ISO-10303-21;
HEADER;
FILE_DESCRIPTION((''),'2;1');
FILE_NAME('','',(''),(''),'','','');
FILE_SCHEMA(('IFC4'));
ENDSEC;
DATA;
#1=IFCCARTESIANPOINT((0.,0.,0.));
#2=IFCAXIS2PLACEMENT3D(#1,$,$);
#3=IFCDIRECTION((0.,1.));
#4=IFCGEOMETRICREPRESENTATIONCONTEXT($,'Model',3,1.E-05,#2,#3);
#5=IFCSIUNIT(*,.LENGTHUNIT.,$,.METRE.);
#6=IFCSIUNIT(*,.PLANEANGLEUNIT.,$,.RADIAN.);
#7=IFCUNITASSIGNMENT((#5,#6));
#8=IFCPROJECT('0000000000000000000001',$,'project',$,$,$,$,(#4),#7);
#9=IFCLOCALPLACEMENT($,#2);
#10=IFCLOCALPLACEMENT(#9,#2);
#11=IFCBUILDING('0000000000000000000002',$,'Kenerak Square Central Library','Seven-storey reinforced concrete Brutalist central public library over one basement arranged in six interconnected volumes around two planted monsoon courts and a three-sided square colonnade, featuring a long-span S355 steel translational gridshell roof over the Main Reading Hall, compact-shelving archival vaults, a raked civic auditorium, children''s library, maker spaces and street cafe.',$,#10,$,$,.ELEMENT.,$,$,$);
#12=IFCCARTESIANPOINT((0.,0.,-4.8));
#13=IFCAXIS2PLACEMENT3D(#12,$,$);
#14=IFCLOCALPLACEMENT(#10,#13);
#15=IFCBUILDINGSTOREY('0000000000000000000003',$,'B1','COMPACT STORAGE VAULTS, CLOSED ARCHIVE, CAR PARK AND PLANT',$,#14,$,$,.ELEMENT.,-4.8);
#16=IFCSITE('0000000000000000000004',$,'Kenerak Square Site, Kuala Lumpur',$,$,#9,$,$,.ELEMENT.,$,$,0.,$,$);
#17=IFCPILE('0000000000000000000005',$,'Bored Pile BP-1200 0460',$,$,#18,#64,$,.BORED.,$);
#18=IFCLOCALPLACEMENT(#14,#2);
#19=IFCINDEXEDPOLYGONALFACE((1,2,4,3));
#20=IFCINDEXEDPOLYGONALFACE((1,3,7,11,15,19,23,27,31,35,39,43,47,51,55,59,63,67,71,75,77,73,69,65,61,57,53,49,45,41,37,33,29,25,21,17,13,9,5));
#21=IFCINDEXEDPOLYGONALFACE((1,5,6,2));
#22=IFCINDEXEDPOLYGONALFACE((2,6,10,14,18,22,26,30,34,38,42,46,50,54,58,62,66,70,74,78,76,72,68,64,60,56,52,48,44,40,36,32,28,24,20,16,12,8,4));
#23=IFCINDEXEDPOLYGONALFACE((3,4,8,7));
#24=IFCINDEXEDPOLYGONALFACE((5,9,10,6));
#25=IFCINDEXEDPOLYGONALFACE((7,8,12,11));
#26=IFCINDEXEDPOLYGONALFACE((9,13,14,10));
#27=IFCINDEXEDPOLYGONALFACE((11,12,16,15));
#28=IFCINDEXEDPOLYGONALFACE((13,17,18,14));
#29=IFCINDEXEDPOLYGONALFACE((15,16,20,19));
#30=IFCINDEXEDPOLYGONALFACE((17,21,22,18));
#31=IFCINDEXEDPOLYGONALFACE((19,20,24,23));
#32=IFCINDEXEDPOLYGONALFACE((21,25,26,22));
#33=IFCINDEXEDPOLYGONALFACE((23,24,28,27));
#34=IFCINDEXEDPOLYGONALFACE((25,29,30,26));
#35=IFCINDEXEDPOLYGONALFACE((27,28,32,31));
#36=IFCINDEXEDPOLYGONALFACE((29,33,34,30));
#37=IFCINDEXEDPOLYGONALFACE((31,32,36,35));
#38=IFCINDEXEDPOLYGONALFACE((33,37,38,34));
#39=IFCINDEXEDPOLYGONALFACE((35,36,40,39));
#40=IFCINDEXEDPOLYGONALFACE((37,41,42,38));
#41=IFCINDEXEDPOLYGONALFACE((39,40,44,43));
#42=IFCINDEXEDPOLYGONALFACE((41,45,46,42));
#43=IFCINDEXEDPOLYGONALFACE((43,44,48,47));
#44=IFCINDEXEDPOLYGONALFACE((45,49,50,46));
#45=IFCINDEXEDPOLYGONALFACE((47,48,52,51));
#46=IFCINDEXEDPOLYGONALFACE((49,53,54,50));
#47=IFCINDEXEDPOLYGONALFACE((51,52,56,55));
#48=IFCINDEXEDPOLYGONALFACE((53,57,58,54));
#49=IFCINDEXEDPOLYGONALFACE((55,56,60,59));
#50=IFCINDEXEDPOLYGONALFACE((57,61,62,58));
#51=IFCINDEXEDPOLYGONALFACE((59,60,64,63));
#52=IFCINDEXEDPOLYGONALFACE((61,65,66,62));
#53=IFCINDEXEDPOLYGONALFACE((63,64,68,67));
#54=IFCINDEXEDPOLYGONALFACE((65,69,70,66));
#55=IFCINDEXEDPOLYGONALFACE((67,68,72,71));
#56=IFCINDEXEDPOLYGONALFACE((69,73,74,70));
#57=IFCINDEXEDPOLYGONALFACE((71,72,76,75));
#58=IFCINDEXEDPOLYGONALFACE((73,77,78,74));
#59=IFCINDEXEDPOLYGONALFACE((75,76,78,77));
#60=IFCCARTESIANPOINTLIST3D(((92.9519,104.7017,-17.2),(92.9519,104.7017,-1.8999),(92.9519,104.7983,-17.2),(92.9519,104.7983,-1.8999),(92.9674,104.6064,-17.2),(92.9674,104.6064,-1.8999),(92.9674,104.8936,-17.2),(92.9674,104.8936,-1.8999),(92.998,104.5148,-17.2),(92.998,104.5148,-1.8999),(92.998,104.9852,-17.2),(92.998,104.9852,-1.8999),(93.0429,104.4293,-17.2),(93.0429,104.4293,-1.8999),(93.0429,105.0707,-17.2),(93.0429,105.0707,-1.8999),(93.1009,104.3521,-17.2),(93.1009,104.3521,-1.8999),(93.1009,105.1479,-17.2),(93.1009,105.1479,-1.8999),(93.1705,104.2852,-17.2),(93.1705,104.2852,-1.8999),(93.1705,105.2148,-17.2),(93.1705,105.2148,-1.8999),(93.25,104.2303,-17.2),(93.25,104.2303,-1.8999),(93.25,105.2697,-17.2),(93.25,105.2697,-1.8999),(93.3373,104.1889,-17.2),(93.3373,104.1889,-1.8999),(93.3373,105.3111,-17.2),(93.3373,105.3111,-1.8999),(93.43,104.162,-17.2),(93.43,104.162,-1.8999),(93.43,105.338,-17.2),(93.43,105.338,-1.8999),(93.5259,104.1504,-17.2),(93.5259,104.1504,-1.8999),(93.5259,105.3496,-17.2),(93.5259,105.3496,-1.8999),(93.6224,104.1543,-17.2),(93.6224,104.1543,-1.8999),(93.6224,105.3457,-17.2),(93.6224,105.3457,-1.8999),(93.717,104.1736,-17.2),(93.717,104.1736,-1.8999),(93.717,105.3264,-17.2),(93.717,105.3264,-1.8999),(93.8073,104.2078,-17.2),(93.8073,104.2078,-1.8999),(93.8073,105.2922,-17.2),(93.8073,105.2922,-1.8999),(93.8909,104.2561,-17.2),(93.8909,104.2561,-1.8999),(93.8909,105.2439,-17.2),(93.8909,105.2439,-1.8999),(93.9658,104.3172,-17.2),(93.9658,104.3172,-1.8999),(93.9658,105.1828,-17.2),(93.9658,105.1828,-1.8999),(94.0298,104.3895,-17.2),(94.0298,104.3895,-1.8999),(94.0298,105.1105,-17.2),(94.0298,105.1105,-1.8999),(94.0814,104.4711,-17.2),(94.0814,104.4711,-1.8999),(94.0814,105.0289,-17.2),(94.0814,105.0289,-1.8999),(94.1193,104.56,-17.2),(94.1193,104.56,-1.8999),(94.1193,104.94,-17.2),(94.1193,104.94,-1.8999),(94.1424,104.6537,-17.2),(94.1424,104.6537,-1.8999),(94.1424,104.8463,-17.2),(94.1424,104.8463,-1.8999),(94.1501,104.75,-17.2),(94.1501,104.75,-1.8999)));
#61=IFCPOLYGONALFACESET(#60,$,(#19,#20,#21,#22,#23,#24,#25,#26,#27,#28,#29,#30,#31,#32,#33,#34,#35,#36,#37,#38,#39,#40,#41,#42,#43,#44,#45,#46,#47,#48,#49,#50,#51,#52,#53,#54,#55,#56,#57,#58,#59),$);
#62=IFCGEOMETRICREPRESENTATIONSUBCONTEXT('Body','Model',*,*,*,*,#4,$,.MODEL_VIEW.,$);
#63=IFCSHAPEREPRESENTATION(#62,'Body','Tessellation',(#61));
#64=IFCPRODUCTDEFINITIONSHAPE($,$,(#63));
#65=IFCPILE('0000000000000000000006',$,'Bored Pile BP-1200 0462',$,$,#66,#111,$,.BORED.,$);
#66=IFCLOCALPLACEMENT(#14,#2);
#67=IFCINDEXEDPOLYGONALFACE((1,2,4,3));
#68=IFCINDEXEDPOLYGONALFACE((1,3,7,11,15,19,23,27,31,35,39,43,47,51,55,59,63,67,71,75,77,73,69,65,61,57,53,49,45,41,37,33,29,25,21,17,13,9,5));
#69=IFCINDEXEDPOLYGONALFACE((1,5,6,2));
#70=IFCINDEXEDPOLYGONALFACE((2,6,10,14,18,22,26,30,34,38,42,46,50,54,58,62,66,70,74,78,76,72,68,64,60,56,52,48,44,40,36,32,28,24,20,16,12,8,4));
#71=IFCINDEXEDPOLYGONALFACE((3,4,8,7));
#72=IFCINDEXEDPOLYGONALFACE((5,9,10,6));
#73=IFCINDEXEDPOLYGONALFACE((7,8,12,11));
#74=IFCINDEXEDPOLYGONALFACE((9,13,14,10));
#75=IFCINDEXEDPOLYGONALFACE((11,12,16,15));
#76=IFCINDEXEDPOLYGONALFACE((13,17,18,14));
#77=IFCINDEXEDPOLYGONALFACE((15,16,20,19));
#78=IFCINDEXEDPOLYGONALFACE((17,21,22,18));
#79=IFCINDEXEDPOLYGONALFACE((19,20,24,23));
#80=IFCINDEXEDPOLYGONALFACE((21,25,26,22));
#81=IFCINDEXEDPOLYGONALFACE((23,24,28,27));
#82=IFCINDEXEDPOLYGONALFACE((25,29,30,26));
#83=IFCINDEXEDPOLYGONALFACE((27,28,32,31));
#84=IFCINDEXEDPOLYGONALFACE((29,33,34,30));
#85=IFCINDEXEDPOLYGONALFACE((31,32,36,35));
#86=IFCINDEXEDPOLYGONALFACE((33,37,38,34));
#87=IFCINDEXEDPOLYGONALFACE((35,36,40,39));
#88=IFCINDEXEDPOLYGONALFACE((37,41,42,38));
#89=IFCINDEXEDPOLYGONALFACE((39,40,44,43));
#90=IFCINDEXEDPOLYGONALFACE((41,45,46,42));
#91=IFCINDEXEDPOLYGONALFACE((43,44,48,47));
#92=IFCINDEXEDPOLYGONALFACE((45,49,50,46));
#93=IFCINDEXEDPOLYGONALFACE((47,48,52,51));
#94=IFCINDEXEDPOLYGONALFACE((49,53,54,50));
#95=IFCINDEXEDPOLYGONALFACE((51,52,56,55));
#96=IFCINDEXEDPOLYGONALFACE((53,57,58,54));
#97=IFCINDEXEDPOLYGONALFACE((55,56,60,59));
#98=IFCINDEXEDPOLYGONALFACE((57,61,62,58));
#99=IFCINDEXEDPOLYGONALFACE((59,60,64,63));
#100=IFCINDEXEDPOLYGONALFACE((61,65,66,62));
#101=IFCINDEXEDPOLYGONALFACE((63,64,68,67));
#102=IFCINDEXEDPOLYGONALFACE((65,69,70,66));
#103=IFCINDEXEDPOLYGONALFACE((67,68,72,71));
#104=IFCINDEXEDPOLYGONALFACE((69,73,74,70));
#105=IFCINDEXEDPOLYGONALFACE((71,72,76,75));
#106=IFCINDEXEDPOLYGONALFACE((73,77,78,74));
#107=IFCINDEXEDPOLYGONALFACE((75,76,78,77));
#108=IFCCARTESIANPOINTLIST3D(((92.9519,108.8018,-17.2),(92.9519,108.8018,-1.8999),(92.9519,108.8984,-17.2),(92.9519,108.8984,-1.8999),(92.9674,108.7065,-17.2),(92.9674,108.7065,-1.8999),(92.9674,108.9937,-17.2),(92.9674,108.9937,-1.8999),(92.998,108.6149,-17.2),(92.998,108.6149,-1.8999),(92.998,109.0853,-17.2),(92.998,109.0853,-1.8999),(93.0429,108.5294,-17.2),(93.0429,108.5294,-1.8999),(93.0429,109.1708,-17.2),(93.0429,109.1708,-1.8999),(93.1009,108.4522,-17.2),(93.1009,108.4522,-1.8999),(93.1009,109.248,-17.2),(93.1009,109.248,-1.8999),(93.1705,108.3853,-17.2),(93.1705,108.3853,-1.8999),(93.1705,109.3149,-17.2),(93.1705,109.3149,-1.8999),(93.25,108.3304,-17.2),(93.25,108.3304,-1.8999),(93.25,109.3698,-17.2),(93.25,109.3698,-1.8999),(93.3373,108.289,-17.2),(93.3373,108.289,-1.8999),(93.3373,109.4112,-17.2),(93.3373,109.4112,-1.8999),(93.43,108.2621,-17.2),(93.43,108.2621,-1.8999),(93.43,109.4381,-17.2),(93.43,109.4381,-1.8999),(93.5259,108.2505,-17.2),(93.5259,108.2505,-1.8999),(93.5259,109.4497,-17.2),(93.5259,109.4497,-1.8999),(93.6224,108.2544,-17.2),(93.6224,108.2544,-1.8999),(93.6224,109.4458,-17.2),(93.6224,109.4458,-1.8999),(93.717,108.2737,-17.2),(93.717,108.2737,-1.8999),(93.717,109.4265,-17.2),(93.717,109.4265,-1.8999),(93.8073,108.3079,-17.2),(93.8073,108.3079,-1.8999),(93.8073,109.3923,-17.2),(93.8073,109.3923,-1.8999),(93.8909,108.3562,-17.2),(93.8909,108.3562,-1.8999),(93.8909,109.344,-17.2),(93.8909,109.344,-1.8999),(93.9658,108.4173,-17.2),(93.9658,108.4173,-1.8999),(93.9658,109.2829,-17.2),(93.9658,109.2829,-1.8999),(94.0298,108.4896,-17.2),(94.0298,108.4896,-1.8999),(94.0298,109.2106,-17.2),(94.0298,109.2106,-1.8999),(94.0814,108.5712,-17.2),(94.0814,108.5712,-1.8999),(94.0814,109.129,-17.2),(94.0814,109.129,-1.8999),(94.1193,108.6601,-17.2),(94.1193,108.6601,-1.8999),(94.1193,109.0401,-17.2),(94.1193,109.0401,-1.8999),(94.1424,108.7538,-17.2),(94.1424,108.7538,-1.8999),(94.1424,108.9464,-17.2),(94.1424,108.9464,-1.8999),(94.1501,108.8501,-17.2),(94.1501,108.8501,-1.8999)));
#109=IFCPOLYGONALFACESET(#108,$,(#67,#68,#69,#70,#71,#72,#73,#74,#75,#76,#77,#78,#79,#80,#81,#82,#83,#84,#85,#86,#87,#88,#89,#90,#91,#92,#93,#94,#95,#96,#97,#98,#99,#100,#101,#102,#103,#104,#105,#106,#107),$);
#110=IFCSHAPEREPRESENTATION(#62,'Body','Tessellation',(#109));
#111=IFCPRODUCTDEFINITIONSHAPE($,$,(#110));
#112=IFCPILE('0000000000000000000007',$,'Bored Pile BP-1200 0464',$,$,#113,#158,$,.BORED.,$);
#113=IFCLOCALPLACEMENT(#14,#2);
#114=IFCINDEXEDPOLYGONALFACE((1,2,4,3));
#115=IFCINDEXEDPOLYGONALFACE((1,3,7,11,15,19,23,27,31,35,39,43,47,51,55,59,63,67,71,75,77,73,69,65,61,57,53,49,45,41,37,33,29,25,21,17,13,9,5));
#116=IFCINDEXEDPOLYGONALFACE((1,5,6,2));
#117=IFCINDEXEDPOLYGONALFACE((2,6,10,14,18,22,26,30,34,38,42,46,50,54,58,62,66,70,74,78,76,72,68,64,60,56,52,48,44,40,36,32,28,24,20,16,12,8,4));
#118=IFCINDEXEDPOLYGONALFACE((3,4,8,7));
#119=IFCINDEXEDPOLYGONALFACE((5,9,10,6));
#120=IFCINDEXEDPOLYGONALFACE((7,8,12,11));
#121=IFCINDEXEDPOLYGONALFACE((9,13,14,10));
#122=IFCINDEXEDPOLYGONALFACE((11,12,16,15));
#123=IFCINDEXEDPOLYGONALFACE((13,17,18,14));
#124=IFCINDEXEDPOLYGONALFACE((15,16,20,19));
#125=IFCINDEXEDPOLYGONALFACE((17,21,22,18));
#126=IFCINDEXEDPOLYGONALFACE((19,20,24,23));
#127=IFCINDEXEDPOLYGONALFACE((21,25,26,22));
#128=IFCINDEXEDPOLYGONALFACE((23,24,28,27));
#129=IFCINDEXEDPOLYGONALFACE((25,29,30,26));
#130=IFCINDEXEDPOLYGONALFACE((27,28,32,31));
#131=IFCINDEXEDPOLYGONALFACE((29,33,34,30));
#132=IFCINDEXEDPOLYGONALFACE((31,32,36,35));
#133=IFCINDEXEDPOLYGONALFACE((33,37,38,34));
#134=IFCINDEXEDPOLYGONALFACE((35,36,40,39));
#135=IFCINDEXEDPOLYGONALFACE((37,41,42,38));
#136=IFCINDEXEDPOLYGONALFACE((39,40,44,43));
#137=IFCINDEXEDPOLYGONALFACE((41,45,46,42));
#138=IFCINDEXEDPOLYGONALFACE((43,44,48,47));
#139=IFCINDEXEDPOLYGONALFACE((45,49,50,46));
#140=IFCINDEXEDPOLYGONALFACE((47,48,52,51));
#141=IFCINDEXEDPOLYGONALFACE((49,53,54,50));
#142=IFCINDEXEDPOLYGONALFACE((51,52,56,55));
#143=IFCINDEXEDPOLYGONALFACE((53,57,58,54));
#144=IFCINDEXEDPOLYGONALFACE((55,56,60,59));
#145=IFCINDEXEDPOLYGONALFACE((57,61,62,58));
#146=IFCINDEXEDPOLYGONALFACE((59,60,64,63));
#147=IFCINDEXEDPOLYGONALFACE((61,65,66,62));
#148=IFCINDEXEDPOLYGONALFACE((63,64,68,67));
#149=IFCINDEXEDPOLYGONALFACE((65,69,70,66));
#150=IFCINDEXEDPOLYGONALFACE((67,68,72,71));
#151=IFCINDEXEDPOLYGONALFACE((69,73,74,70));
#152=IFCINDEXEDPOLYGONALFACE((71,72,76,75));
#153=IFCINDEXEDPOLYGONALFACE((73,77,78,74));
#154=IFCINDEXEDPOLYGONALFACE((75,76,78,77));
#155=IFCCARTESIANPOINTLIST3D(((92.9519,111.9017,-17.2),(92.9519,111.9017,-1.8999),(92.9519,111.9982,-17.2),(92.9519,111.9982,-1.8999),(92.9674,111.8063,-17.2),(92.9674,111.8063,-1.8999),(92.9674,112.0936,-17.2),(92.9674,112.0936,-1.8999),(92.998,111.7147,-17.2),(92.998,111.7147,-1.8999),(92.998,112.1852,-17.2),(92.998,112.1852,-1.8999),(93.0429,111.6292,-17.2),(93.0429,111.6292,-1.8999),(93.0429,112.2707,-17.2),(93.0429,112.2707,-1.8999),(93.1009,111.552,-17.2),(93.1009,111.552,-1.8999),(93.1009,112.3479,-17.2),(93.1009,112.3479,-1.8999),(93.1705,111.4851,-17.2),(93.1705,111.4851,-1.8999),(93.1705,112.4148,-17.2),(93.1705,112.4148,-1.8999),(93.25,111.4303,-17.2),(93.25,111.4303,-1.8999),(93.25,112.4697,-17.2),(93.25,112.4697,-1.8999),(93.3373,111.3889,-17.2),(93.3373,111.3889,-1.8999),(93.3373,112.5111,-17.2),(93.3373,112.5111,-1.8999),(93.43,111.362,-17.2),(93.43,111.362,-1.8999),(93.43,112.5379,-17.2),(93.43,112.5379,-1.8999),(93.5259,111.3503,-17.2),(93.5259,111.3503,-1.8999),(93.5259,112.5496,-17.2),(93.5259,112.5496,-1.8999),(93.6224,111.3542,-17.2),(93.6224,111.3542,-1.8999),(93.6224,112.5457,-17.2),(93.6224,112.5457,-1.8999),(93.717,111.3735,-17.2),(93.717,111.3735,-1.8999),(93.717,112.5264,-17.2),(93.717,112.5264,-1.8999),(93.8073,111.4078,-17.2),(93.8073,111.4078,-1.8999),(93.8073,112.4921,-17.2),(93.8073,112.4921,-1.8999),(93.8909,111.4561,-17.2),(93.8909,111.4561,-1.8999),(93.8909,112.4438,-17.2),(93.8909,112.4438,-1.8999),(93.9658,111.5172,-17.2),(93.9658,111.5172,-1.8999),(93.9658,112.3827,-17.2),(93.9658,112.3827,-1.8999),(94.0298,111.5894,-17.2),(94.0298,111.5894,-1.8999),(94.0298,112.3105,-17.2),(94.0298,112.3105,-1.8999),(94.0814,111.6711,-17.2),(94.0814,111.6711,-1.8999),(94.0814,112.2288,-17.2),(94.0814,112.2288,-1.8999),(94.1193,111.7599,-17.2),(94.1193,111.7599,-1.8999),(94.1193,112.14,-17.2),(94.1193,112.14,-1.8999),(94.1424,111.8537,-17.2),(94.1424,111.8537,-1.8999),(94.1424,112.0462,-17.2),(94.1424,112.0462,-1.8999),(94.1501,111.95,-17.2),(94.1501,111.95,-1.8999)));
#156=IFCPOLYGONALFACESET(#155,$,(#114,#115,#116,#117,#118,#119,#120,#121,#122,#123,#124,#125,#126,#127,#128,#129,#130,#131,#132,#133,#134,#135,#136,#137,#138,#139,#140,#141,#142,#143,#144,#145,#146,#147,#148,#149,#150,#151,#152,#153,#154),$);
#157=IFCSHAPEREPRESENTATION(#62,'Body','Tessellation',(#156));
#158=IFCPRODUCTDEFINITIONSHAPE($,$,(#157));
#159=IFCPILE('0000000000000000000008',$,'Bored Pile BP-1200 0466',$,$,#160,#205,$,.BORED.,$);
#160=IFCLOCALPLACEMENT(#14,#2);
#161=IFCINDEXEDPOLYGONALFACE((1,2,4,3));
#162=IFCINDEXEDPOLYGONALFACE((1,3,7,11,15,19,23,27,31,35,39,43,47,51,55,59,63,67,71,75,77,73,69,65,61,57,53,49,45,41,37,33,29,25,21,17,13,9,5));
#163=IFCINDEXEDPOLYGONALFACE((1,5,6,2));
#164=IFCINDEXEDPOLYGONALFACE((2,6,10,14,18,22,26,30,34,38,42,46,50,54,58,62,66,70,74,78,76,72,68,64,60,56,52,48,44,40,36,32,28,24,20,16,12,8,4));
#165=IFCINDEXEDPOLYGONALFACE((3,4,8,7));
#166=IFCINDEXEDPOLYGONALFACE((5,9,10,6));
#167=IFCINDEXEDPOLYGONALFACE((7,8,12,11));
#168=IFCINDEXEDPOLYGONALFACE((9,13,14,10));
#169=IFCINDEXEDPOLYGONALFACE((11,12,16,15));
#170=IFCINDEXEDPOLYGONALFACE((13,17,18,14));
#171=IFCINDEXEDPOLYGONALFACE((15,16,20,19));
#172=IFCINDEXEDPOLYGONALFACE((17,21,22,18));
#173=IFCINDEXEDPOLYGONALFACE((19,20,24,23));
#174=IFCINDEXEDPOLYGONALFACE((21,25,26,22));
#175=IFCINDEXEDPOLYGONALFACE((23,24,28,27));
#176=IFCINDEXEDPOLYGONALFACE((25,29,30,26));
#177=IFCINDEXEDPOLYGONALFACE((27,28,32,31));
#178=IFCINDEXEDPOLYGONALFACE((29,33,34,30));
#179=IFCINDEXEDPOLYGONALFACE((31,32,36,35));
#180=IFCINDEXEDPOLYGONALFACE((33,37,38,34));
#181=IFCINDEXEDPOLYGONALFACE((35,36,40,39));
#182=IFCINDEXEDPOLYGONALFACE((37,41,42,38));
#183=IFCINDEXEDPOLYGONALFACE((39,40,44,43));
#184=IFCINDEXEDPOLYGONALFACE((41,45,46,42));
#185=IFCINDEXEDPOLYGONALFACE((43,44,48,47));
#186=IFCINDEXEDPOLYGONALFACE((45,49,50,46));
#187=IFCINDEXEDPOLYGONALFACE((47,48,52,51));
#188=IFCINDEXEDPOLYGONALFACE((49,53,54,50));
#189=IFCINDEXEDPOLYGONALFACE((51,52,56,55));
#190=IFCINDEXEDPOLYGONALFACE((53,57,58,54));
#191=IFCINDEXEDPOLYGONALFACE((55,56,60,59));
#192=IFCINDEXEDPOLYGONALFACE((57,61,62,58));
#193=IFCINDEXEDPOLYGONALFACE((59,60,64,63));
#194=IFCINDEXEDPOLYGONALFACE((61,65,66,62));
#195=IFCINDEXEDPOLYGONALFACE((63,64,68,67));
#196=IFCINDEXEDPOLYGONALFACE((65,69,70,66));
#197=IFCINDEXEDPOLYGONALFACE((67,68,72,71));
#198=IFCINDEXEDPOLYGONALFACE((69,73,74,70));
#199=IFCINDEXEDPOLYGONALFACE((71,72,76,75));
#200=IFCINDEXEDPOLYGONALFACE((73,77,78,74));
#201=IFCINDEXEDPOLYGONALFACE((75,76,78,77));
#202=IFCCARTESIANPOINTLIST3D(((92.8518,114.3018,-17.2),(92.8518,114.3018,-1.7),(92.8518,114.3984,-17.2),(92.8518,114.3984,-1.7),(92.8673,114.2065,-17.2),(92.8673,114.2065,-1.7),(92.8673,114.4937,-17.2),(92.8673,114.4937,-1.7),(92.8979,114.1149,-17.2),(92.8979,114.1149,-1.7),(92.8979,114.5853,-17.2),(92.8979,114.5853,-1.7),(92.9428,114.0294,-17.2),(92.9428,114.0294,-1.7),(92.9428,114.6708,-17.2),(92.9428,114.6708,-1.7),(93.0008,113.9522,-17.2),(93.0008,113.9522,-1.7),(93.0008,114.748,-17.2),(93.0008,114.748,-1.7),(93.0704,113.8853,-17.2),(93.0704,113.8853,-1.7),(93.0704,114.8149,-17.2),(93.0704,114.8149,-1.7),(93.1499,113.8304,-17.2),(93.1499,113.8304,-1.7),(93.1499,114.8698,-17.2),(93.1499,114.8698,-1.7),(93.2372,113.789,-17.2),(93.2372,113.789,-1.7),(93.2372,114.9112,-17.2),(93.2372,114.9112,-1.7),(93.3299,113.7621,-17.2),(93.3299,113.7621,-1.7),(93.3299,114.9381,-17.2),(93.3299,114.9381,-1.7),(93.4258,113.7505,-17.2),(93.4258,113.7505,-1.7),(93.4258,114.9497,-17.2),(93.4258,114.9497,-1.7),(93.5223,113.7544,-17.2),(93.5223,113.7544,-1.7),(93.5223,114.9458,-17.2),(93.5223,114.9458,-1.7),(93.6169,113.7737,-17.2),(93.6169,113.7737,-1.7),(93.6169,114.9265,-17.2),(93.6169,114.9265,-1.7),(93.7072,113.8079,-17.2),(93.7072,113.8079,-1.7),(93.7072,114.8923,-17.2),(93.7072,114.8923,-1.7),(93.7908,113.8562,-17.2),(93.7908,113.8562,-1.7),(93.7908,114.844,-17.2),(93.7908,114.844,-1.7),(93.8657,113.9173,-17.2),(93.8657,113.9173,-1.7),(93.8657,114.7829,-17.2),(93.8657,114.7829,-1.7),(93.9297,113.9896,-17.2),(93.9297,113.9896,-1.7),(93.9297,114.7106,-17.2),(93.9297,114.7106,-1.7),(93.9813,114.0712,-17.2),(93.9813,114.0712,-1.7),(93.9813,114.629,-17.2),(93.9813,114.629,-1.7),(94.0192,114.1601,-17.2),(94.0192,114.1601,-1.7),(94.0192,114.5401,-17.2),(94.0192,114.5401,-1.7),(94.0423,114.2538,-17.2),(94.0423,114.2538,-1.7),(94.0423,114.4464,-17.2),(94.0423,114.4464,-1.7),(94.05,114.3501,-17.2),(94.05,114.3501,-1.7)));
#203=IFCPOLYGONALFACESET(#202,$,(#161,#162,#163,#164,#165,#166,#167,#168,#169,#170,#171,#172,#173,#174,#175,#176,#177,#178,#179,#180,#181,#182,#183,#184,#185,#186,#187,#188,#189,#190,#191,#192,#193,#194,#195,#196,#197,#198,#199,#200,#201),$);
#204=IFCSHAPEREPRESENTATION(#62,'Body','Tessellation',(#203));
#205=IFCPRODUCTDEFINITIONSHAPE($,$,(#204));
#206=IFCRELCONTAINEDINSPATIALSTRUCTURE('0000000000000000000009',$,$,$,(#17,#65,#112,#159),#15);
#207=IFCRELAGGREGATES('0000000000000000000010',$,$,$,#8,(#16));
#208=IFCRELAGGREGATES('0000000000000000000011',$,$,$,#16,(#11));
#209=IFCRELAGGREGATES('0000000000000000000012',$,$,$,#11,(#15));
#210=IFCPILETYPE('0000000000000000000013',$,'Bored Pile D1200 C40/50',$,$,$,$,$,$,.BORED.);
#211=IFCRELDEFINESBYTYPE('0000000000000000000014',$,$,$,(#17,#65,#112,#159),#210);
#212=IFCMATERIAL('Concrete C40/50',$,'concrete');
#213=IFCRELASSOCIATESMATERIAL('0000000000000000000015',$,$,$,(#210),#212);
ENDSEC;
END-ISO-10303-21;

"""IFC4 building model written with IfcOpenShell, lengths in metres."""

from ifc_helpers import new_model, si_unit, direction, frame, origin, origin_2d, place, context, subcontext, project, spatial, circle, extrude, material, material_profile, profile_set, type_object, element, save


model = new_model("IFC4")

# Units and contexts
model_context = context("Model", 3, precision=1e-05, world=origin(), true_north=direction((0.0, 1.0)))
body_context = subcontext(model_context, "Body", "Model", "MODEL_VIEW")
ifc_project = project(units=[si_unit("LENGTHUNIT", "METRE"), si_unit("PLANEANGLEUNIT", "RADIAN")], contexts=[model_context])

# Site, building, storey
site_placement = place(None, origin())
site = spatial("IfcSite", under=ifc_project, at=site_placement, Name="Kenerak Square Site, Kuala Lumpur", CompositionType="ELEMENT", RefElevation=0.0)
building_placement = place(site_placement, origin())
building = spatial("IfcBuilding", under=site, at=building_placement, Name="Kenerak Square Central Library", Description="Seven-storey reinforced concrete Brutalist central public library over one basement arranged in six interconnected volumes around two planted monsoon courts and a three-sided square colonnade, featuring a long-span S355 steel translational gridshell roof over the Main Reading Hall, compact-shelving archival vaults, a raked civic auditorium, children's library, maker spaces and street cafe.", CompositionType="ELEMENT")
storey_placement = place(building_placement, frame((0.0, 0.0, -4.8)))
storey = spatial("IfcBuildingStorey", under=building, at=storey_placement, Name="B1", Description="COMPACT STORAGE VAULTS, CLOSED ARCHIVE, CAR PARK AND PLANT", CompositionType="ELEMENT", Elevation=-4.8)

# Piles
ifc_material_1 = material(Name="Concrete C40/50", Category="concrete")
ifc_material_profile_1 = material_profile(ifc_material_1, circle(Radius=0.6001, at=origin_2d()), Name="BP D1200")
ifc_profile_set_1 = profile_set([ifc_material_profile_1], Name="Concrete C40/50")
pile_type = type_object("IfcPileType", Name="Bored Pile D1200 C40/50", PredefinedType="BORED", material=ifc_profile_set_1)
for number, where, z_axis, x_axis, name in (
    (1, (93.55, 104.75, -1.8999), (0.0, 0.0, -1.0), (1.0, 0.0, 0.0), "Bored Pile BP-1200 0460"),
    (2, (93.55, 108.8501, -1.8999), (0.0, 0.0, -1.0), (1.0, 0.0, 0.0), "Bored Pile BP-1200 0462"),
    (3, (93.55, 111.95, -1.8999), (0.0, 0.0, -1.0), (1.0, 0.0, 0.0), "Bored Pile BP-1200 0464"),
):
    element("IfcPile", number, at=place(storey_placement, frame(where, z_axis=z_axis, x_axis=x_axis)), inside=storey, type_object=pile_type, Name=name, PredefinedType="BORED", context=body_context, shape_type="SweptSolid", body=[
        extrude(circle(Radius=0.6001, at=origin_2d()), origin(), (0.0, 0.0, 1.0), 15.3),
    ])
for number, where, z_axis, x_axis, name in (
    (4, (93.45, 114.3501, -1.7), (0.0, 0.0, -1.0), (1.0, 0.0, 0.0), "Bored Pile BP-1200 0466"),
):
    element("IfcPile", number, at=place(storey_placement, frame(where, z_axis=z_axis, x_axis=x_axis)), inside=storey, type_object=pile_type, Name=name, PredefinedType="BORED", context=body_context, shape_type="SweptSolid", body=[
        extrude(circle(Radius=0.6001, at=origin_2d()), origin(), (0.0, 0.0, 1.0), 15.5),
    ])

save(model, "model.ifc")
